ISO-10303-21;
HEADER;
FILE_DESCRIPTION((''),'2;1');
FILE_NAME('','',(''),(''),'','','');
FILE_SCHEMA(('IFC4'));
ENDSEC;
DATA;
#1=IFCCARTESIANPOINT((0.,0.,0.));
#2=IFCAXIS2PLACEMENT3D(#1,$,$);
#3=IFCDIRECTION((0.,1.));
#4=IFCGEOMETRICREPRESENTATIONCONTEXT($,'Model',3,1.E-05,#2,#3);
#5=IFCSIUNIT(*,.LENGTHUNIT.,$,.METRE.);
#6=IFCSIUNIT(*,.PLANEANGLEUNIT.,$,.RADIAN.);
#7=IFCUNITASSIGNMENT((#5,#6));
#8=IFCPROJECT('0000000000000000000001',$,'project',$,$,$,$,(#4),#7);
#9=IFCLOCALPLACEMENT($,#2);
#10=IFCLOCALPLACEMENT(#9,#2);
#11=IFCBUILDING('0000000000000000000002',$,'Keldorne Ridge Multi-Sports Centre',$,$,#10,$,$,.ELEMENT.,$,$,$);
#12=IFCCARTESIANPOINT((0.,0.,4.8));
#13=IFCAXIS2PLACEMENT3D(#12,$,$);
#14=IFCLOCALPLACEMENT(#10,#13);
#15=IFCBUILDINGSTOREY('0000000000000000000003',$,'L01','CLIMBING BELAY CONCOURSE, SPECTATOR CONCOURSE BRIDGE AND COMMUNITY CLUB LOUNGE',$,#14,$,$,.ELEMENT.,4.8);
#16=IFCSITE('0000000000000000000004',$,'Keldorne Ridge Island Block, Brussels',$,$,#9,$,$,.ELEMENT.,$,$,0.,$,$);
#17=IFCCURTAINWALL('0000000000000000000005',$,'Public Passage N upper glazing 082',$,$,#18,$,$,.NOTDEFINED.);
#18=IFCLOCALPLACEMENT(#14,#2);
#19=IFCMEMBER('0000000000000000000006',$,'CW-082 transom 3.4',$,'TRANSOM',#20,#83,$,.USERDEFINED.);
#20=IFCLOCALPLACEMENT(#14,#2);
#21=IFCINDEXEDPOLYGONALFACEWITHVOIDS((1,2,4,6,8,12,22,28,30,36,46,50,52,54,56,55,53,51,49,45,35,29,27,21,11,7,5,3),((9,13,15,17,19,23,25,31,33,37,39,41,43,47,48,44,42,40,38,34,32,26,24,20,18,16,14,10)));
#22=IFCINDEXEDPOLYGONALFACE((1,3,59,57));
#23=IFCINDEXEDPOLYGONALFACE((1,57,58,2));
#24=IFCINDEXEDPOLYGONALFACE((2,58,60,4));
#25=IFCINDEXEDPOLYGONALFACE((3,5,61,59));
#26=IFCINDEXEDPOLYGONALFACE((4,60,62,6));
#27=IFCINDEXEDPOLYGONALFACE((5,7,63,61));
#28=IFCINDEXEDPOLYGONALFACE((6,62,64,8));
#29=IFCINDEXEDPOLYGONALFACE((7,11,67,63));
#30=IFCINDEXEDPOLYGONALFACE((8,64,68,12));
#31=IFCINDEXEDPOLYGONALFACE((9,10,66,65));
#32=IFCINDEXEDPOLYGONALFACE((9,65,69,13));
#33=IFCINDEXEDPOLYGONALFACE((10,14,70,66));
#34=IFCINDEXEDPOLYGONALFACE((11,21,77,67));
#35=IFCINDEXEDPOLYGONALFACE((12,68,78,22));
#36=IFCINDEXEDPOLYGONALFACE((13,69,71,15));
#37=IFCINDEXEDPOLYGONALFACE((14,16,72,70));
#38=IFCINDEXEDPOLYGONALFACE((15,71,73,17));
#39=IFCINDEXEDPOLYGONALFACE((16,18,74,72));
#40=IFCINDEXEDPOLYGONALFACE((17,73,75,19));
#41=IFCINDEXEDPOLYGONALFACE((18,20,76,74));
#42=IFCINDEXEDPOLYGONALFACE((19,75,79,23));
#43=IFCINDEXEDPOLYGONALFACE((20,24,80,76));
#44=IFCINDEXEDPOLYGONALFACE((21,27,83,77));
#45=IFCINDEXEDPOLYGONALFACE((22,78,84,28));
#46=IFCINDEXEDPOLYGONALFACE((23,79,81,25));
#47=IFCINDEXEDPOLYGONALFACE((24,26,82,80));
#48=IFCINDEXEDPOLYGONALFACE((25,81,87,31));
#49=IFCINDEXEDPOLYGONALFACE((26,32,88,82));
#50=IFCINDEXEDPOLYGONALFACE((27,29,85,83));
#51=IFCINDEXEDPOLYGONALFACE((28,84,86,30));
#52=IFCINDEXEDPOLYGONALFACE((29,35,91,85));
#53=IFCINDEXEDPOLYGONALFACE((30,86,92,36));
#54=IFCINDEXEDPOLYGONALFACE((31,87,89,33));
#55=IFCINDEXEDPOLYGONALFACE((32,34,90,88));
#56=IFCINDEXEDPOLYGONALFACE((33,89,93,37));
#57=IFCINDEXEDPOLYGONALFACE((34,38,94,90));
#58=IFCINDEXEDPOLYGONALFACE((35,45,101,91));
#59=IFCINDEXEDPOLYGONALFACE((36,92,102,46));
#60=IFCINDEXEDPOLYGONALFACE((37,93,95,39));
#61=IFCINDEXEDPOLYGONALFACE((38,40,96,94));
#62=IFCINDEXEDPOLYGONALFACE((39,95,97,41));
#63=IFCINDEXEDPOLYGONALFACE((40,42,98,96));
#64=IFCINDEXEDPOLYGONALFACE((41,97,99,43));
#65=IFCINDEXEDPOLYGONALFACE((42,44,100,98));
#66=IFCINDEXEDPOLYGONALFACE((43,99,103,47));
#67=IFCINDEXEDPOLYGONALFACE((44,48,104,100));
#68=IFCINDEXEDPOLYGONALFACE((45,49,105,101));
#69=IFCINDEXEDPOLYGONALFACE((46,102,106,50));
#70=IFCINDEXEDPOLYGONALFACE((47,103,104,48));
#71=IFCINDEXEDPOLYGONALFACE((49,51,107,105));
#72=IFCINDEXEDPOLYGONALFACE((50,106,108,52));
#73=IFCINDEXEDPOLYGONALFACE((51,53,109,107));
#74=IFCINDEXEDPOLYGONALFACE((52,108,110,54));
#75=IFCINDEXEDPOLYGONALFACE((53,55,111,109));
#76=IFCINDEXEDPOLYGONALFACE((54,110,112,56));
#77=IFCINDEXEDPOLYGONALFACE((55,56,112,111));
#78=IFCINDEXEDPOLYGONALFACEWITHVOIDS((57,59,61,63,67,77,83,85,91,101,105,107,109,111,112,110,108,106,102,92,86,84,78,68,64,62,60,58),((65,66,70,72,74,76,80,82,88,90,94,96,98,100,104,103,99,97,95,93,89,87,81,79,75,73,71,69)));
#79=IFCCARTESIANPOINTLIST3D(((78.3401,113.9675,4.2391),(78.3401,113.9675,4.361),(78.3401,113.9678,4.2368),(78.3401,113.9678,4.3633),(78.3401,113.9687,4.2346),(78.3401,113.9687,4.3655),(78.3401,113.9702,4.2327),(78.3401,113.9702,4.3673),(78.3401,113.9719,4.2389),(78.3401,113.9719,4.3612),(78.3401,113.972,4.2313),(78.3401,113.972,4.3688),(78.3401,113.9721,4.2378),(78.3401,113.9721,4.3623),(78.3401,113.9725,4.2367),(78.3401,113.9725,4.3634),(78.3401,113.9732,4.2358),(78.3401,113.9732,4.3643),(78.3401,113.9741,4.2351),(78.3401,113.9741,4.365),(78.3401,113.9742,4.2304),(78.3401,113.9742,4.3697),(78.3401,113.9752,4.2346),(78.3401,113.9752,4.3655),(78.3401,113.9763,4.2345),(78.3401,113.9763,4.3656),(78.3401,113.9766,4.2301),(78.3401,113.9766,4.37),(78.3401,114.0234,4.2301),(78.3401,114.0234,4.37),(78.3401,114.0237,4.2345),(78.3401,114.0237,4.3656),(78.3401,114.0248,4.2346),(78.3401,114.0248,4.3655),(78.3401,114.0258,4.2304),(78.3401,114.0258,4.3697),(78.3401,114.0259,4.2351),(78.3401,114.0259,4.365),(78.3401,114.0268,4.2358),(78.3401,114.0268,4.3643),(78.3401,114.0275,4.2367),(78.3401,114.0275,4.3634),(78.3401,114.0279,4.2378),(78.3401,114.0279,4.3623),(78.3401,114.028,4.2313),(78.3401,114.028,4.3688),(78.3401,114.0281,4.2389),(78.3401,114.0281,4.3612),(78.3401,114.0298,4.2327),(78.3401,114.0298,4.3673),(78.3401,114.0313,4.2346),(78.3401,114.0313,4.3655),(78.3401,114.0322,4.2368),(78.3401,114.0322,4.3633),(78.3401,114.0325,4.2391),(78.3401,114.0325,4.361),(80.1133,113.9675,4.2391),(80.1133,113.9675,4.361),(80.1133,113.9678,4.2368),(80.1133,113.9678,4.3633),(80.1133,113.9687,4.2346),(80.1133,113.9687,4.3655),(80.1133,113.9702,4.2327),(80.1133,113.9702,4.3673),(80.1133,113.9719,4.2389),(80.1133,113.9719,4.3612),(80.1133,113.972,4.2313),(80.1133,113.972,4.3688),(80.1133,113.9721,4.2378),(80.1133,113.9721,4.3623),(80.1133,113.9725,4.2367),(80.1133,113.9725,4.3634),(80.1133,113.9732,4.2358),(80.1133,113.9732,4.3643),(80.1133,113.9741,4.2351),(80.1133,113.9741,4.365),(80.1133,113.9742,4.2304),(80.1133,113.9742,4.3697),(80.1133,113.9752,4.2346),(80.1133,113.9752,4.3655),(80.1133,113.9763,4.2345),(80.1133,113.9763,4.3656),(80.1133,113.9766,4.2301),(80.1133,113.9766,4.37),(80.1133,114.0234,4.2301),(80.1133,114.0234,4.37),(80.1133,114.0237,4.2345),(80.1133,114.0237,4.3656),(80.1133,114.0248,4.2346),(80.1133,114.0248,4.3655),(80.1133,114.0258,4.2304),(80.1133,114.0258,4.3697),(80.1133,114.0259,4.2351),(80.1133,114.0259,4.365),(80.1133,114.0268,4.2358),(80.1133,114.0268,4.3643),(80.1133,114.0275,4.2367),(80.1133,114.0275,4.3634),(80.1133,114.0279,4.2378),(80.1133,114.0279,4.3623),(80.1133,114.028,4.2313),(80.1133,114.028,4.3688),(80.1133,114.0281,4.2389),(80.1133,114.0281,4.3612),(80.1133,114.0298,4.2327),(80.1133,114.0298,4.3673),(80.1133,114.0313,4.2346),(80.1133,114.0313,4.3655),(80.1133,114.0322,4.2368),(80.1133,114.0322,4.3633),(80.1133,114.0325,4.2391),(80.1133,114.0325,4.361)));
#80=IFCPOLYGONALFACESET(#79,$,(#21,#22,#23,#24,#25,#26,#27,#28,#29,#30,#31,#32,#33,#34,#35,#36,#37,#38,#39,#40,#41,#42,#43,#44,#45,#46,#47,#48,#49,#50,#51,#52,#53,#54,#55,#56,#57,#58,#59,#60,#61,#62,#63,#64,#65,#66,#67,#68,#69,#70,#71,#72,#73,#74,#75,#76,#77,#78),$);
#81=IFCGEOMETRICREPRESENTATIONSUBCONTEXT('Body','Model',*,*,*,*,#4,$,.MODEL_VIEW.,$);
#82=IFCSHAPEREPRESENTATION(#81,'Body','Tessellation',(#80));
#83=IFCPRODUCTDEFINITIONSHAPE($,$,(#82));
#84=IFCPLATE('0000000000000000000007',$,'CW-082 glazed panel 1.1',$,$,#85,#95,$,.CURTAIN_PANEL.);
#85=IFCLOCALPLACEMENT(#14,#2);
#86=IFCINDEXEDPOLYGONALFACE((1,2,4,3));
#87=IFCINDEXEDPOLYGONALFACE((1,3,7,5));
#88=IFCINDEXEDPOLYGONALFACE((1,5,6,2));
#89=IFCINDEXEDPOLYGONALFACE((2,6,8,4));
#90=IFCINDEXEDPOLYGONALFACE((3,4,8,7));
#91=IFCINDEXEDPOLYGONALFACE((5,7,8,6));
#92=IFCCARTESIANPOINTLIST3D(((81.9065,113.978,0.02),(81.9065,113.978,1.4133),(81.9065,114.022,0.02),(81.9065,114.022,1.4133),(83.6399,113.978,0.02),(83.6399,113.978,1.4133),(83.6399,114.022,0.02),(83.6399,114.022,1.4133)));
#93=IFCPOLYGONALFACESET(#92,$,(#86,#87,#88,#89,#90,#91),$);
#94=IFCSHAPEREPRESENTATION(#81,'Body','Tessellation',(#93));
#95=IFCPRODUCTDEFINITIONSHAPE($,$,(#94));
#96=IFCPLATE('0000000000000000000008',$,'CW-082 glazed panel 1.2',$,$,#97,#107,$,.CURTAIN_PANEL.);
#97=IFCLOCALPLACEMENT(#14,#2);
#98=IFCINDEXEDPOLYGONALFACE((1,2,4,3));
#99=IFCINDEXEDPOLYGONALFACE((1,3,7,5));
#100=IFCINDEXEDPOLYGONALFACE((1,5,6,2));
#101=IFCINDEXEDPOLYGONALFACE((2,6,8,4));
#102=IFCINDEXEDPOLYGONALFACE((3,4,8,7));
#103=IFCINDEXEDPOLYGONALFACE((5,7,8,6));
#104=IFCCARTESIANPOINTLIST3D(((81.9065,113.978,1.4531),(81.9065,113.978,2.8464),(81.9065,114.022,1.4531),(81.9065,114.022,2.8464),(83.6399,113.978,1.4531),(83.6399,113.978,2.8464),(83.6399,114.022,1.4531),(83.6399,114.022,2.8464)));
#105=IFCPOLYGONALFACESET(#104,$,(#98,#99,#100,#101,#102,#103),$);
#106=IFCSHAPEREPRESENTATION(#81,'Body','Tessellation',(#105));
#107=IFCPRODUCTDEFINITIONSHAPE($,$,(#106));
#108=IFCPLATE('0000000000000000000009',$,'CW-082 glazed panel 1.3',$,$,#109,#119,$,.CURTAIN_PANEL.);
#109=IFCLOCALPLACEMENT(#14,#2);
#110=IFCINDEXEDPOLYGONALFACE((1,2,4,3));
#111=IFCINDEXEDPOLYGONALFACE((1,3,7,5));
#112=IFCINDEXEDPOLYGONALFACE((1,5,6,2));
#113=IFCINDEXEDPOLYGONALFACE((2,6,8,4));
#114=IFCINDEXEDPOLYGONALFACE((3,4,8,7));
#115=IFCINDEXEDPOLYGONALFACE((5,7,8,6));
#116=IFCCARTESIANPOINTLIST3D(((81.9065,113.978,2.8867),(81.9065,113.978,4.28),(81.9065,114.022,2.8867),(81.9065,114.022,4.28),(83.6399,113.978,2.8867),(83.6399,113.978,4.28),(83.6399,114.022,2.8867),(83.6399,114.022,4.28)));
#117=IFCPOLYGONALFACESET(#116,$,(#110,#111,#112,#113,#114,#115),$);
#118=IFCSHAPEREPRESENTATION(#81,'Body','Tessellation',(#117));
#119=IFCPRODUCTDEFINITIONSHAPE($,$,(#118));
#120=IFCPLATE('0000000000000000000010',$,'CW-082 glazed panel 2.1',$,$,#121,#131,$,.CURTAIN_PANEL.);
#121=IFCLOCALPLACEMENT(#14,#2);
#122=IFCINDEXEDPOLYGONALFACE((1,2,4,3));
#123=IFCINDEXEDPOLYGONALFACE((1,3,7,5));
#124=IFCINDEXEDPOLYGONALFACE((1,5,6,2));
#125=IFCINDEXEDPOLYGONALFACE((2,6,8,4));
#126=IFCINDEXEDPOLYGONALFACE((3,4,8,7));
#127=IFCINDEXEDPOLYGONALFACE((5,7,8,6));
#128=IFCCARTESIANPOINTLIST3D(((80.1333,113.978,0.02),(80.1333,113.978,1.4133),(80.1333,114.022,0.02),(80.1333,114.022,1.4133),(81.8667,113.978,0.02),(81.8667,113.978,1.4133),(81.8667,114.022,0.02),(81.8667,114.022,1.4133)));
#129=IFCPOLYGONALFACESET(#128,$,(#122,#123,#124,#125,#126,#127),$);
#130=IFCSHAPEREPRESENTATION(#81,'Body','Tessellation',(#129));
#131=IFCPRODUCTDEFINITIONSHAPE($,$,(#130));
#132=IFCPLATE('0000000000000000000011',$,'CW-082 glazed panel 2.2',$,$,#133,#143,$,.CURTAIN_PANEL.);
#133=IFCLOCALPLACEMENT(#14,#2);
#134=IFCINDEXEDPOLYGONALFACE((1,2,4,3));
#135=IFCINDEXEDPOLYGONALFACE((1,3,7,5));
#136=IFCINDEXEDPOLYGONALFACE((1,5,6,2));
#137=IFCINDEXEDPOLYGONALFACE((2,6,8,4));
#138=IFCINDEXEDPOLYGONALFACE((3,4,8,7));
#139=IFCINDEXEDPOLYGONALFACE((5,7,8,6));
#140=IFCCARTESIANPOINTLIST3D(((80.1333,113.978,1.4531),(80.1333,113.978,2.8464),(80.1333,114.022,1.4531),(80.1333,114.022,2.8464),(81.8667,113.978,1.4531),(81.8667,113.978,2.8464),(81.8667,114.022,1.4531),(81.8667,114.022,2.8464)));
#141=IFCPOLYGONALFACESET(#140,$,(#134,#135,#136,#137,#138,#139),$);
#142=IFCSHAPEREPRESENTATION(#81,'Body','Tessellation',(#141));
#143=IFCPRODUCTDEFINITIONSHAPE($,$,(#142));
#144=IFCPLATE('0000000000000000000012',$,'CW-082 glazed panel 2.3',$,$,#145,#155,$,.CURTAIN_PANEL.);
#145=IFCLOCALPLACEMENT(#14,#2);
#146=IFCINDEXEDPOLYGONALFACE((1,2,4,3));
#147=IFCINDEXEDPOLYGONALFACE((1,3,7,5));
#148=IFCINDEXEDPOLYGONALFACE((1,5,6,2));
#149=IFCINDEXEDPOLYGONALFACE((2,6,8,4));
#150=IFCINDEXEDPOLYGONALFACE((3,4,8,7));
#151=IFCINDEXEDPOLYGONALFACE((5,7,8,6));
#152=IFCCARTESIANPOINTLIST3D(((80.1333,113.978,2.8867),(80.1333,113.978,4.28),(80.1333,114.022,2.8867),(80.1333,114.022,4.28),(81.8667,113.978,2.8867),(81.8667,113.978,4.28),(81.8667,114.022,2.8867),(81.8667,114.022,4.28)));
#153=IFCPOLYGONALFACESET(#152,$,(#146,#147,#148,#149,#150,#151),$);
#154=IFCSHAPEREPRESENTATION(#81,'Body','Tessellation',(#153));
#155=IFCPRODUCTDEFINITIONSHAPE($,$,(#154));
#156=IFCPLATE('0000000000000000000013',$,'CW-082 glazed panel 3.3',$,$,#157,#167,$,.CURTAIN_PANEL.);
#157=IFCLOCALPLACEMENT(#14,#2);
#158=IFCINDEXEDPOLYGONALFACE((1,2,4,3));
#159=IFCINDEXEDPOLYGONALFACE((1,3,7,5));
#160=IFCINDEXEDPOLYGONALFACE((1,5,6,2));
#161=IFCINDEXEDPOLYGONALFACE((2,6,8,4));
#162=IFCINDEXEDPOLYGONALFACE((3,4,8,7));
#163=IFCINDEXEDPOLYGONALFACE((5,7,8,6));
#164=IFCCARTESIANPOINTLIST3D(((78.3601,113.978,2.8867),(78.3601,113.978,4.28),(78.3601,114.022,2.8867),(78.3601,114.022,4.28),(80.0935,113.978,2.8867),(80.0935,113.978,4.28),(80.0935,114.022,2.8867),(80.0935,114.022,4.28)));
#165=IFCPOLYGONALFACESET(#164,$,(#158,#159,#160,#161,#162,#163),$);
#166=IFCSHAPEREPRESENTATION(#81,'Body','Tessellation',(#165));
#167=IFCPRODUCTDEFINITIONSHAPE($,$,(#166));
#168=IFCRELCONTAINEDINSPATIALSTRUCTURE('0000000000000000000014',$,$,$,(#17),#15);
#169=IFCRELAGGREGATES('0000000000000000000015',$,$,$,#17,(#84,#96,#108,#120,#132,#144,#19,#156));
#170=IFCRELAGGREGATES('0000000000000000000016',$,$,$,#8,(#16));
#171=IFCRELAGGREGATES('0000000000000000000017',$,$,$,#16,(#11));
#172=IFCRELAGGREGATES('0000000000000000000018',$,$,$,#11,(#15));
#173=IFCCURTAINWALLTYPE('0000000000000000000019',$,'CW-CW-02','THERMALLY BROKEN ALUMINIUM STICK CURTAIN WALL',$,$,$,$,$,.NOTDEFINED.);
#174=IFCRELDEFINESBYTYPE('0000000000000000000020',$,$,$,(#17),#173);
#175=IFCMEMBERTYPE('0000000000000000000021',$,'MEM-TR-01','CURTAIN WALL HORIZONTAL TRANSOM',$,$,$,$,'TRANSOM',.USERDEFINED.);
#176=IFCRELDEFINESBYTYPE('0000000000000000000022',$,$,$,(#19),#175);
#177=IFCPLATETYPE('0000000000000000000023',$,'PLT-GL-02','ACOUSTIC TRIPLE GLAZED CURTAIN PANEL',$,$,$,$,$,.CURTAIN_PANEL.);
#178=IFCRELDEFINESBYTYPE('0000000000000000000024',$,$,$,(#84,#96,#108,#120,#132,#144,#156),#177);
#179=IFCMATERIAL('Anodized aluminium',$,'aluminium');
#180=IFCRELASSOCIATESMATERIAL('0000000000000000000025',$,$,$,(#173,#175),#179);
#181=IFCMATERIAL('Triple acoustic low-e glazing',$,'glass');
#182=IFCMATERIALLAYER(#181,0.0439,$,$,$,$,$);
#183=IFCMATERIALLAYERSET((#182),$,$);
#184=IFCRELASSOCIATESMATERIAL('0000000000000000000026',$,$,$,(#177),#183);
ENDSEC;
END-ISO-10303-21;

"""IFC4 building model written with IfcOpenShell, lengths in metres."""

from ifc_helpers import new_model, si_unit, direction, frame, origin, origin_2d, place, context, subcontext, project, spatial, rectangle, hollow_rectangle, extrude, material, layer, layer_set, material_profile, profile_set, type_object, element, aggregate, save


model = new_model("IFC4")

# Units and contexts
model_context = context("Model", 3, precision=1e-05, world=origin(), true_north=direction((0.0, 1.0)))
body_context = subcontext(model_context, "Body", "Model", "MODEL_VIEW")
ifc_project = project(units=[si_unit("LENGTHUNIT", "METRE"), si_unit("PLANEANGLEUNIT", "RADIAN")], contexts=[model_context])

# Site, building, storey
site_placement = place(None, origin())
site = spatial("IfcSite", under=ifc_project, at=site_placement, Name="Keldorne Ridge Island Block, Brussels", CompositionType="ELEMENT", RefElevation=0.0)
building_placement = place(site_placement, origin())
building = spatial("IfcBuilding", under=site, at=building_placement, Name="Keldorne Ridge Multi-Sports Centre", CompositionType="ELEMENT")
storey_placement = place(building_placement, frame((0.0, 0.0, 4.8)))
storey = spatial("IfcBuildingStorey", under=building, at=storey_placement, Name="L01", Description="CLIMBING BELAY CONCOURSE, SPECTATOR CONCOURSE BRIDGE AND COMMUNITY CLUB LOUNGE", CompositionType="ELEMENT", Elevation=4.8)

# Curtain wall, member, plates
ifc_material_1 = material(Name="Anodized aluminium", Category="aluminium")
curtain_wall_type = type_object("IfcCurtainWallType", Name="CW-CW-02", Description="THERMALLY BROKEN ALUMINIUM STICK CURTAIN WALL", PredefinedType="NOTDEFINED", material=ifc_material_1)
curtain_wall_placement = place(storey_placement, origin())
curtain_wall = element("IfcCurtainWall", 1, at=curtain_wall_placement, inside=storey, type_object=curtain_wall_type, Name="Public Passage N upper glazing 082", PredefinedType="NOTDEFINED")
ifc_material_profile_1 = material_profile(ifc_material_1, hollow_rectangle(XDim=0.0649, YDim=0.1399, WallThickness=0.0044, InnerFilletRadius=0.0044, OuterFilletRadius=0.009, at=origin_2d()), Name="ALU TRANSOM 140x65x4.5")
ifc_profile_set_1 = profile_set([ifc_material_profile_1], Name="Anodized aluminium")
member_type_1 = type_object("IfcMemberType", Name="MEM-TR-01", Description="CURTAIN WALL HORIZONTAL TRANSOM", ElementType="TRANSOM", PredefinedType="USERDEFINED", material=ifc_profile_set_1)
member_1_placement = place(storey_placement, frame((80.1133, 114.0, 4.3), z_axis=(-1.0, 0.0, 0.0), x_axis=(0.0, -1.0, 0.0)))
member_1 = element("IfcMember", 2, at=member_1_placement, type_object=member_type_1, Name="CW-082 transom 3.4", ObjectType="TRANSOM", PredefinedType="USERDEFINED", context=body_context, shape_type="SweptSolid", body=[
    extrude(hollow_rectangle(XDim=0.0649, YDim=0.1399, WallThickness=0.0044, InnerFilletRadius=0.0044, OuterFilletRadius=0.009, at=origin_2d()), origin(), (0.0, 0.0, 1.0), 1.7732),
])
ifc_material_2 = material(Name="Triple acoustic low-e glazing", Category="glass")
ifc_layer_1 = layer(ifc_material_2, 0.0439)
ifc_layer_set_1 = layer_set([ifc_layer_1])
plate_type = type_object("IfcPlateType", Name="PLT-GL-02", Description="ACOUSTIC TRIPLE GLAZED CURTAIN PANEL", PredefinedType="CURTAIN_PANEL", material=ifc_layer_set_1)
plate_1_placement = place(storey_placement, frame((82.7732, 114.0, 0.02), z_axis=(0.0, 0.0, 1.0), x_axis=(-1.0, 0.0, 0.0)))
plate_1 = element("IfcPlate", 3, at=plate_1_placement, type_object=plate_type, Name="CW-082 glazed panel 1.1", PredefinedType="CURTAIN_PANEL", context=body_context, shape_type="SweptSolid", body=[
    extrude(rectangle(XDim=1.7334, YDim=0.0439, at=origin_2d()), origin(), (0.0, 0.0, 1.0), 1.3933),
])
plate_2_placement = place(storey_placement, frame((82.7732, 114.0, 1.4531), z_axis=(0.0, 0.0, 1.0), x_axis=(-1.0, 0.0, 0.0)))
plate_2 = element("IfcPlate", 4, at=plate_2_placement, type_object=plate_type, Name="CW-082 glazed panel 1.2", PredefinedType="CURTAIN_PANEL", context=body_context, shape_type="SweptSolid", body=[
    extrude(rectangle(XDim=1.7334, YDim=0.0439, at=origin_2d()), origin(), (0.0, 0.0, 1.0), 1.3933),
])
plate_3_placement = place(storey_placement, frame((82.7732, 114.0, 2.8867), z_axis=(0.0, 0.0, 1.0), x_axis=(-1.0, 0.0, 0.0)))
plate_3 = element("IfcPlate", 5, at=plate_3_placement, type_object=plate_type, Name="CW-082 glazed panel 1.3", PredefinedType="CURTAIN_PANEL", context=body_context, shape_type="SweptSolid", body=[
    extrude(rectangle(XDim=1.7334, YDim=0.0439, at=origin_2d()), origin(), (0.0, 0.0, 1.0), 1.3933),
])
plate_4_placement = place(storey_placement, frame((81.0, 114.0, 0.02), z_axis=(0.0, 0.0, 1.0), x_axis=(-1.0, 0.0, 0.0)))
plate_4 = element("IfcPlate", 6, at=plate_4_placement, type_object=plate_type, Name="CW-082 glazed panel 2.1", PredefinedType="CURTAIN_PANEL", context=body_context, shape_type="SweptSolid", body=[
    extrude(rectangle(XDim=1.7334, YDim=0.0439, at=origin_2d()), origin(), (0.0, 0.0, 1.0), 1.3933),
])
plate_5_placement = place(storey_placement, frame((81.0, 114.0, 1.4531), z_axis=(0.0, 0.0, 1.0), x_axis=(-1.0, 0.0, 0.0)))
plate_5 = element("IfcPlate", 7, at=plate_5_placement, type_object=plate_type, Name="CW-082 glazed panel 2.2", PredefinedType="CURTAIN_PANEL", context=body_context, shape_type="SweptSolid", body=[
    extrude(rectangle(XDim=1.7334, YDim=0.0439, at=origin_2d()), origin(), (0.0, 0.0, 1.0), 1.3933),
])
plate_6_placement = place(storey_placement, frame((81.0, 114.0, 2.8867), z_axis=(0.0, 0.0, 1.0), x_axis=(-1.0, 0.0, 0.0)))
plate_6 = element("IfcPlate", 8, at=plate_6_placement, type_object=plate_type, Name="CW-082 glazed panel 2.3", PredefinedType="CURTAIN_PANEL", context=body_context, shape_type="SweptSolid", body=[
    extrude(rectangle(XDim=1.7334, YDim=0.0439, at=origin_2d()), origin(), (0.0, 0.0, 1.0), 1.3933),
])
plate_7_placement = place(storey_placement, frame((79.2268, 114.0, 2.8867), z_axis=(0.0, 0.0, 1.0), x_axis=(-1.0, 0.0, 0.0)))
plate_7 = element("IfcPlate", 9, at=plate_7_placement, type_object=plate_type, Name="CW-082 glazed panel 3.3", PredefinedType="CURTAIN_PANEL", context=body_context, shape_type="SweptSolid", body=[
    extrude(rectangle(XDim=1.7334, YDim=0.0439, at=origin_2d()), origin(), (0.0, 0.0, 1.0), 1.3933),
])
aggregate(curtain_wall, [plate_1, plate_2, plate_3, plate_4, plate_5, plate_6, member_1, plate_7])

save(model, "model.ifc")
